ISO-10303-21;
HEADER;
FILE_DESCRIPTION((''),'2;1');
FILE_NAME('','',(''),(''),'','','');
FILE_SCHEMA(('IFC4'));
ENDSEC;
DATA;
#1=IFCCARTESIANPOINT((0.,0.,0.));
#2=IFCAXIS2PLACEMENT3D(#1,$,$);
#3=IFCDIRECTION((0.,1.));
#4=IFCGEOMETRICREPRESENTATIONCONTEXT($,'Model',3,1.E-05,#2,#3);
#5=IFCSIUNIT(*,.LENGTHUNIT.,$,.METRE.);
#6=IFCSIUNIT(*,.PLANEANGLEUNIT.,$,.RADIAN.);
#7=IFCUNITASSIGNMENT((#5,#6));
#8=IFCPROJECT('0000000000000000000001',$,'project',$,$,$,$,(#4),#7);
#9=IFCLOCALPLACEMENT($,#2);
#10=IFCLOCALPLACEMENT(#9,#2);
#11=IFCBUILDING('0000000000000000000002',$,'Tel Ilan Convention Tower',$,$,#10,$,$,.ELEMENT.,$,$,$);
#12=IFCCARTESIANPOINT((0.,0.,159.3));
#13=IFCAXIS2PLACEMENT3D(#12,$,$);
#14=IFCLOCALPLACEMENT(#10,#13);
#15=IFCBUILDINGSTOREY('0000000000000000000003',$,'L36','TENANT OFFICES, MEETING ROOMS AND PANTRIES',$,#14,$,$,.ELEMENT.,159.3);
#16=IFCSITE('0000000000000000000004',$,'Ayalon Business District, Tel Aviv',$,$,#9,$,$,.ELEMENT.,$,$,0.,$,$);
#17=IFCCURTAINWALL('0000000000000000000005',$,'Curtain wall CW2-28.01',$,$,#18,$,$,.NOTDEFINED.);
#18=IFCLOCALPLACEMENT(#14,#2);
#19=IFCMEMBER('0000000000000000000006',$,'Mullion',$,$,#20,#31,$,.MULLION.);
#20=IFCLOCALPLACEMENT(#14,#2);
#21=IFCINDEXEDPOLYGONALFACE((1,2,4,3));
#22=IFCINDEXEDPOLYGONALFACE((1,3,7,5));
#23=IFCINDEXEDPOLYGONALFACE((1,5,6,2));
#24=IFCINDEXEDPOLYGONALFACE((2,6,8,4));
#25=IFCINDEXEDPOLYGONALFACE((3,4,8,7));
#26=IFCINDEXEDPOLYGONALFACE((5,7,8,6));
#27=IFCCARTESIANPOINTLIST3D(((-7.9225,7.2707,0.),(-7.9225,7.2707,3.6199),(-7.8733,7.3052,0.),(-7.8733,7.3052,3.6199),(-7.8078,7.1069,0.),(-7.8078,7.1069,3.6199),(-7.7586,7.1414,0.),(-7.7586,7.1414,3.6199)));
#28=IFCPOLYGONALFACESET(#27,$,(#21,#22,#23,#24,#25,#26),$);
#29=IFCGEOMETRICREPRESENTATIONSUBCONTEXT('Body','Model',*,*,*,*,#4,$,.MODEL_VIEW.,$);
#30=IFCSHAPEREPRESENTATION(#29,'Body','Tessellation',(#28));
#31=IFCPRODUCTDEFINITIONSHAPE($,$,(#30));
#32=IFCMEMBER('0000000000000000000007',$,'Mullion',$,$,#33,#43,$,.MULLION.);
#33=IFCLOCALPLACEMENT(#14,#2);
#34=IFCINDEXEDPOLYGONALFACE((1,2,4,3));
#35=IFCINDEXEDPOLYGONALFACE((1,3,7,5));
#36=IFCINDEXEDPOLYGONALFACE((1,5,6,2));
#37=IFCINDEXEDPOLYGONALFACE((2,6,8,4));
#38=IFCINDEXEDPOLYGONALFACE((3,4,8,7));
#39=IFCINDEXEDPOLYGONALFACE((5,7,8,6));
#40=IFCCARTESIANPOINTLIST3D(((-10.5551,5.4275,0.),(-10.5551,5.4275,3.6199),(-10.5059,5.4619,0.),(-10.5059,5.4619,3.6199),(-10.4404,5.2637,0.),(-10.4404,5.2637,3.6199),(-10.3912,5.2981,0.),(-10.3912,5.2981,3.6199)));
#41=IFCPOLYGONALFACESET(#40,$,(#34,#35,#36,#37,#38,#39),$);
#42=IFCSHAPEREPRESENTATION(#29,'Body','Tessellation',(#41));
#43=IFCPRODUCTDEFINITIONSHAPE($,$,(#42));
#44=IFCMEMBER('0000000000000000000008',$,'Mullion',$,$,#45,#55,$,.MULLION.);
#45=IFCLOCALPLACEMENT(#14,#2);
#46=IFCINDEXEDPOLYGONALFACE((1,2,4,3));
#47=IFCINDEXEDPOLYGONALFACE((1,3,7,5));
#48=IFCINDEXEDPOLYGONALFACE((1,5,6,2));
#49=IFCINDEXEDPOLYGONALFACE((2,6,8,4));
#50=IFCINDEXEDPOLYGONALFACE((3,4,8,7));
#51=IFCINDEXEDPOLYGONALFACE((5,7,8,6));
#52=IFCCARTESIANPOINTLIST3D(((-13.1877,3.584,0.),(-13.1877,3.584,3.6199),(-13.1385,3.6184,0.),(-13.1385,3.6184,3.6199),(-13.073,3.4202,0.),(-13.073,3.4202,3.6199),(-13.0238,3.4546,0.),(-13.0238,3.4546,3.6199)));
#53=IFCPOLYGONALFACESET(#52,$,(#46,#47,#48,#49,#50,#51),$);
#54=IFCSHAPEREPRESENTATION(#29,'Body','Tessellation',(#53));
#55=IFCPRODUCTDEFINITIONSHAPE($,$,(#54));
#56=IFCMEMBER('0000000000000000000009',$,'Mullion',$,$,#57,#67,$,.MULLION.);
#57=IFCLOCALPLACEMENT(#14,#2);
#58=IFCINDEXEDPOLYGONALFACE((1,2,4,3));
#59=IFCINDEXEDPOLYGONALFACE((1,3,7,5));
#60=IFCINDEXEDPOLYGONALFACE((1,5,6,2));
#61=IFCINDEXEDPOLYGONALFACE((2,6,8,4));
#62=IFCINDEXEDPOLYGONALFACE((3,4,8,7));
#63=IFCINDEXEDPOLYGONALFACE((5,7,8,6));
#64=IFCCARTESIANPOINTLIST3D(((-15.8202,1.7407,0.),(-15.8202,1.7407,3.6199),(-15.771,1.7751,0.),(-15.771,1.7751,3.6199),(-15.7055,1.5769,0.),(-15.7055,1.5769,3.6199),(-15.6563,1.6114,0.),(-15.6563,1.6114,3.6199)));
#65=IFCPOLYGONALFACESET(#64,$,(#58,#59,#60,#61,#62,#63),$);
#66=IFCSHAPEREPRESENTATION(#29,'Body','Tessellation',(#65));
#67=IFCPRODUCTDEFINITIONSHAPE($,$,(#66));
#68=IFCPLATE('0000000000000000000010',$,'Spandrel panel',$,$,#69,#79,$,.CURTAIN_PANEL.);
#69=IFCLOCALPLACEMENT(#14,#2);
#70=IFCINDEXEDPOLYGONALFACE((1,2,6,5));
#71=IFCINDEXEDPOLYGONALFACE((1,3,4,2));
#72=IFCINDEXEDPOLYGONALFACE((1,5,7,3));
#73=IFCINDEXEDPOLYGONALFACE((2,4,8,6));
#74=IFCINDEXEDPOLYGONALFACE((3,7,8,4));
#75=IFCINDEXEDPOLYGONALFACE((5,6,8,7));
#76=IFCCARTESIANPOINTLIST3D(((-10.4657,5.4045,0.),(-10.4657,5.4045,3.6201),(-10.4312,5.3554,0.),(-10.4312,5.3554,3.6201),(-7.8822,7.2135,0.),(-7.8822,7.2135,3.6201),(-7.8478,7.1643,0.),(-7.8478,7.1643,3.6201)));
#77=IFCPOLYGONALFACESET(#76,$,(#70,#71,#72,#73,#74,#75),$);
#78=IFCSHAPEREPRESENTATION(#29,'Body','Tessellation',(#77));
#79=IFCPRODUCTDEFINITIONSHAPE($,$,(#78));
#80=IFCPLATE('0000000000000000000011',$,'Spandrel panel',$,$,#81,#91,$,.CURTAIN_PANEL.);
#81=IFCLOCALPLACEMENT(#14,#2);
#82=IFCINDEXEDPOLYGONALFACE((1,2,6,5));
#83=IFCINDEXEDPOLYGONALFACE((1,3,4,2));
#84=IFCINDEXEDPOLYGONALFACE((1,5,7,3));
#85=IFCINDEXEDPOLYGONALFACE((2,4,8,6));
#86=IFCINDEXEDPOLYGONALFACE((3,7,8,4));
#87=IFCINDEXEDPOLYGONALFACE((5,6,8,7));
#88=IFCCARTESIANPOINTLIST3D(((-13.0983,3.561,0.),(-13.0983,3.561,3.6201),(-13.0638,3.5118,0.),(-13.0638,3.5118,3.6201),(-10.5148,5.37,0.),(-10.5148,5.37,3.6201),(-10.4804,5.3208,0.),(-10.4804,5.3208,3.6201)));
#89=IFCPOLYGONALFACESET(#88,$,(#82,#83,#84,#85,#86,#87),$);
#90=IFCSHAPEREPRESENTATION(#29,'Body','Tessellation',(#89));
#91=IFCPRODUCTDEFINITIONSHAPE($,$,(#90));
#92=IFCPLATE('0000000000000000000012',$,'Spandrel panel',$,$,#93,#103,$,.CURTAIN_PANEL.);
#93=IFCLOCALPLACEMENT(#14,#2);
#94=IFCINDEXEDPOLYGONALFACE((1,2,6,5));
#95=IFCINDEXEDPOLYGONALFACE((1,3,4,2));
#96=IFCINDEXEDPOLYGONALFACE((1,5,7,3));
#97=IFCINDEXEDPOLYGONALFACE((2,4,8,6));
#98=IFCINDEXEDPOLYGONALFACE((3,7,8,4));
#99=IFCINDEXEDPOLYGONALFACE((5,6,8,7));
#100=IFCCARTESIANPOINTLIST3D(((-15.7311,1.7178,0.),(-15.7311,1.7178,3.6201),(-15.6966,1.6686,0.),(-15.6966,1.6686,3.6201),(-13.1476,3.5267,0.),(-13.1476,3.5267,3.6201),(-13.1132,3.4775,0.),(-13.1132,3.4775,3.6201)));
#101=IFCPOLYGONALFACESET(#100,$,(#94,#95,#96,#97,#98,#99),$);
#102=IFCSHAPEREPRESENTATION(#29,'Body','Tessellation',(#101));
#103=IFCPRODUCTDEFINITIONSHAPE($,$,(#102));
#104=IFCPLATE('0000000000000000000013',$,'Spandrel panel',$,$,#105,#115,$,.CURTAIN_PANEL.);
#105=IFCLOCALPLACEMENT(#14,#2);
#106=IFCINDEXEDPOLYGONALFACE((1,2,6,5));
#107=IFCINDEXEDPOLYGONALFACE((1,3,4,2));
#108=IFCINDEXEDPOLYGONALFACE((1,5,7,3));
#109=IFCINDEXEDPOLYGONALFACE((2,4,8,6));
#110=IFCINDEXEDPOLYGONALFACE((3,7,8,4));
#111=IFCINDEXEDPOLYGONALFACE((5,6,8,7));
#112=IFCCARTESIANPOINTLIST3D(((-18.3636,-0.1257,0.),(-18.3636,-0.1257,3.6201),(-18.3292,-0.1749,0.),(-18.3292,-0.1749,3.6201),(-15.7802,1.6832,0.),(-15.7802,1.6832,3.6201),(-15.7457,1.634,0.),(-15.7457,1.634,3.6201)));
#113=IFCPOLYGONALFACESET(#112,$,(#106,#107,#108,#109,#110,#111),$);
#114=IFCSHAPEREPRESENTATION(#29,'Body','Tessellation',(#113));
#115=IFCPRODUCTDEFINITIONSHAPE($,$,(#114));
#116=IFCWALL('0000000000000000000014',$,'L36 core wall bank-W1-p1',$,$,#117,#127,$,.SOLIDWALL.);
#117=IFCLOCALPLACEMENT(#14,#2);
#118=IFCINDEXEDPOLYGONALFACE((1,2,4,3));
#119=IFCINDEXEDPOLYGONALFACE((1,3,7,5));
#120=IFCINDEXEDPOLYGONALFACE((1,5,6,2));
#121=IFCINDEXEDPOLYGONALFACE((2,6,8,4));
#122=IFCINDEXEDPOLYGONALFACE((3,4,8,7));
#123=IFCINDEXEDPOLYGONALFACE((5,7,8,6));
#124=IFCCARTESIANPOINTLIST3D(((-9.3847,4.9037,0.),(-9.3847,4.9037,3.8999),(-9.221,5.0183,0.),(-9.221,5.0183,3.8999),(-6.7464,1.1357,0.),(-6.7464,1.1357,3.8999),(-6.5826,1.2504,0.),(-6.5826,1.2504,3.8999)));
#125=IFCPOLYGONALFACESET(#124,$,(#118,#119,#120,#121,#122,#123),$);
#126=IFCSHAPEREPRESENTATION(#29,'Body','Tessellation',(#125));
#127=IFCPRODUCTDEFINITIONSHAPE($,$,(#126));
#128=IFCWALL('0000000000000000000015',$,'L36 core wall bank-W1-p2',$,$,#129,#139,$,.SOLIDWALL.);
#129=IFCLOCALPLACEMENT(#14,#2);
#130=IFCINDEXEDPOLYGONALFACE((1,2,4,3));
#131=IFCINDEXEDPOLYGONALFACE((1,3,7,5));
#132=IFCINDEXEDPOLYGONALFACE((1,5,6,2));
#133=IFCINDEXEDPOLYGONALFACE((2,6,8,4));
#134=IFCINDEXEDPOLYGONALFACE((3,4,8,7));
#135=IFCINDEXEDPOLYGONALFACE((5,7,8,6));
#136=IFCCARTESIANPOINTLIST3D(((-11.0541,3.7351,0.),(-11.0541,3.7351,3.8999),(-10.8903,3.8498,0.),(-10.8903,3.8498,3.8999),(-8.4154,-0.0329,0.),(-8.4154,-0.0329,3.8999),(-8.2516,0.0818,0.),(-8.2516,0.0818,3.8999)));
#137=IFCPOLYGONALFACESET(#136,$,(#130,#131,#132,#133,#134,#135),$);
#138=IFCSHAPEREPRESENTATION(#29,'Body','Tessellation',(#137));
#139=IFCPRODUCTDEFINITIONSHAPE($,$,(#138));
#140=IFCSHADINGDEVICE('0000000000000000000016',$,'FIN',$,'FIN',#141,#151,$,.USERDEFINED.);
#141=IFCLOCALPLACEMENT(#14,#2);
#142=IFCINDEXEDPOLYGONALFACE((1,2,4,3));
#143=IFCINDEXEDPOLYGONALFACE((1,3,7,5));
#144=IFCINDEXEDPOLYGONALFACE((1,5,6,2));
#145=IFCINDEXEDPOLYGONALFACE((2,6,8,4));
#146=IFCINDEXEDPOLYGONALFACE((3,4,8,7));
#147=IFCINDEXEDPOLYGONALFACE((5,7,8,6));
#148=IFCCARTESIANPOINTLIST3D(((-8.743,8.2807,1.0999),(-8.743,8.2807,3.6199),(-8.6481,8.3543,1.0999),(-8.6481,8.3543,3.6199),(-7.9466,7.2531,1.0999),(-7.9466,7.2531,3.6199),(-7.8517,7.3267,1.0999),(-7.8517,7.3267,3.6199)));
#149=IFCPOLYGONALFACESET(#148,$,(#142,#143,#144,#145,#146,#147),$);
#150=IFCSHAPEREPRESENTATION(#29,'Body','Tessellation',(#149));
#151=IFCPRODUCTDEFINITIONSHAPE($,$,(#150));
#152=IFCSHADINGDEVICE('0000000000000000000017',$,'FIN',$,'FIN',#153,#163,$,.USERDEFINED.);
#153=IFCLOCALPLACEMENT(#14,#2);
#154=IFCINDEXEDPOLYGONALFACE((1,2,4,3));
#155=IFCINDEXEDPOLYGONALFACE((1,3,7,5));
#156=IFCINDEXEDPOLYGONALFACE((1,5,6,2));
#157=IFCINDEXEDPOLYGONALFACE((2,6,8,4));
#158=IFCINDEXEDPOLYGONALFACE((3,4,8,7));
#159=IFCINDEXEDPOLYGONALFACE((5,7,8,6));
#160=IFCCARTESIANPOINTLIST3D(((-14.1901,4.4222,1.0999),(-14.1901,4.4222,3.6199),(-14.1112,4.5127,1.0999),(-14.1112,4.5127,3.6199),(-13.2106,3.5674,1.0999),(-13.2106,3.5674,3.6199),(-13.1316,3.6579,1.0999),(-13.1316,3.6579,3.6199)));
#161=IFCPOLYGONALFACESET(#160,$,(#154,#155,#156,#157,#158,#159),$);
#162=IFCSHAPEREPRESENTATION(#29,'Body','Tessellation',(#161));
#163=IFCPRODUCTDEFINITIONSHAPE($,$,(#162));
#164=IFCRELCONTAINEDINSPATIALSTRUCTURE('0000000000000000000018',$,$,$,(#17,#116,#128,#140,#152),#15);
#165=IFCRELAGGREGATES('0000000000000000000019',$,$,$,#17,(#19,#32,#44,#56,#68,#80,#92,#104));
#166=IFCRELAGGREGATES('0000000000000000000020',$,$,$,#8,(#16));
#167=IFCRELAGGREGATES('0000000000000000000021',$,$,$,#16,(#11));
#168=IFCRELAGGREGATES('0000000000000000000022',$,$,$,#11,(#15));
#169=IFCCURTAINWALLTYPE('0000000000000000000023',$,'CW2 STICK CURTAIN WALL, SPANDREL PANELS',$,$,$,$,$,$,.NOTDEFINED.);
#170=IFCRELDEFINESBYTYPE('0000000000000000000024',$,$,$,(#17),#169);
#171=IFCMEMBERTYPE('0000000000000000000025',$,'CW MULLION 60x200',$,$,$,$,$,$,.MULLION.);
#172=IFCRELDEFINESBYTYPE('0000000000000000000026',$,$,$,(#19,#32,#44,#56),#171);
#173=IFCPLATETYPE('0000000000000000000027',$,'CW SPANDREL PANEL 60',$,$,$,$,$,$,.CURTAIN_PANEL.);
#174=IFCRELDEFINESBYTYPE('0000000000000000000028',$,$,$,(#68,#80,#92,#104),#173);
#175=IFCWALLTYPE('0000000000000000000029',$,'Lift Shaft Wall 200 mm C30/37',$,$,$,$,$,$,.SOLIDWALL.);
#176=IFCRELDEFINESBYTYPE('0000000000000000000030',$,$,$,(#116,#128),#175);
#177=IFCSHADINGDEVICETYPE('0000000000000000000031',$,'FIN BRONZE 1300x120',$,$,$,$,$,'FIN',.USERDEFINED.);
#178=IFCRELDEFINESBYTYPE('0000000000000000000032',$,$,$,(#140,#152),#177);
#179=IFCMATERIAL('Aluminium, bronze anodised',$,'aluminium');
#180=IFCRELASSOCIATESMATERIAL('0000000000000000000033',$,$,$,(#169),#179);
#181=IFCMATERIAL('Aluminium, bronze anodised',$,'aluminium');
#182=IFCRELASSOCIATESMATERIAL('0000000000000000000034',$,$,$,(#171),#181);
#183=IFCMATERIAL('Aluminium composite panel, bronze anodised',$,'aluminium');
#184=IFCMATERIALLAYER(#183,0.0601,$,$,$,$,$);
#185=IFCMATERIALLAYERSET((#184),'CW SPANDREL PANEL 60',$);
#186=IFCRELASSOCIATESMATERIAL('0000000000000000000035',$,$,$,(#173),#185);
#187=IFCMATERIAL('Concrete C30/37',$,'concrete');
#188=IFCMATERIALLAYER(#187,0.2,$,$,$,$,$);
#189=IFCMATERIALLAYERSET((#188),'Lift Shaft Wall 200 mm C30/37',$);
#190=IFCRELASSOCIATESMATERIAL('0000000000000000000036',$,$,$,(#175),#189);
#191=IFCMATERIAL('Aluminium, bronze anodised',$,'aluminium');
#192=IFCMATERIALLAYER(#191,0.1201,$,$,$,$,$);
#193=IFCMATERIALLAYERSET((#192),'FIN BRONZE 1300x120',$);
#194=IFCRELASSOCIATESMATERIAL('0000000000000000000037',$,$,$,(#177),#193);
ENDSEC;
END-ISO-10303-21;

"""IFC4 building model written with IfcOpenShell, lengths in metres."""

from ifc_helpers import new_model, si_unit, direction, frame, frame_2d, origin, origin_2d, place, context, subcontext, project, spatial, rectangle, extrude, material, layer, layer_set, material_profile, profile_set, type_object, element, aggregate, save


model = new_model("IFC4")

# Units and contexts
model_context = context("Model", 3, precision=1e-05, world=origin(), true_north=direction((0.0, 1.0)))
body_context = subcontext(model_context, "Body", "Model", "MODEL_VIEW")
ifc_project = project(units=[si_unit("LENGTHUNIT", "METRE"), si_unit("PLANEANGLEUNIT", "RADIAN")], contexts=[model_context])

# Site, building, storey
site_placement = place(None, origin())
site = spatial("IfcSite", under=ifc_project, at=site_placement, Name="Ayalon Business District, Tel Aviv", CompositionType="ELEMENT", RefElevation=0.0)
building_placement = place(site_placement, origin())
building = spatial("IfcBuilding", under=site, at=building_placement, Name="Tel Ilan Convention Tower", CompositionType="ELEMENT")
storey_placement = place(building_placement, frame((0.0, 0.0, 159.3)))
storey = spatial("IfcBuildingStorey", under=building, at=storey_placement, Name="L36", Description="TENANT OFFICES, MEETING ROOMS AND PANTRIES", CompositionType="ELEMENT", Elevation=159.3)

# Curtain wall, members, plates
ifc_material_1 = material(Name="Aluminium, bronze anodised", Category="aluminium")
curtain_wall_type = type_object("IfcCurtainWallType", Name="CW2 STICK CURTAIN WALL, SPANDREL PANELS", PredefinedType="NOTDEFINED", material=ifc_material_1)
curtain_wall_placement = place(storey_placement, origin())
curtain_wall = element("IfcCurtainWall", 1, at=curtain_wall_placement, inside=storey, type_object=curtain_wall_type, Name="Curtain wall CW2-28.01", PredefinedType="NOTDEFINED")
ifc_material_2 = material(Name="Aluminium, bronze anodised", Category="aluminium")
ifc_material_profile = material_profile(ifc_material_2, rectangle(XDim=0.0601, YDim=0.2, at=origin_2d()), Name="CW MULLION 60x200")
ifc_profile_set = profile_set([ifc_material_profile], Name="Aluminium, bronze anodised")
member_type = type_object("IfcMemberType", Name="CW MULLION 60x200", PredefinedType="MULLION", material=ifc_profile_set)
member_1_placement = place(storey_placement, frame((-7.8406, 7.2061, 0.0), z_axis=(0.0, 0.0, 1.0), x_axis=(-0.819152, -0.573576, 0.0)))
member_1 = element("IfcMember", 2, at=member_1_placement, type_object=member_type, Name="Mullion", PredefinedType="MULLION", context=body_context, shape_type="SweptSolid", body=[
    extrude(rectangle(XDim=0.0601, YDim=0.2, at=origin_2d()), origin(), (0.0, 0.0, 1.0), 3.6199),
])
member_2_placement = place(storey_placement, frame((-10.4731, 5.3628, 0.0), z_axis=(0.0, 0.0, 1.0), x_axis=(-0.819152, -0.573576, 0.0)))
member_2 = element("IfcMember", 3, at=member_2_placement, type_object=member_type, Name="Mullion", PredefinedType="MULLION", context=body_context, shape_type="SweptSolid", body=[
    extrude(rectangle(XDim=0.0601, YDim=0.2, at=origin_2d()), origin(), (0.0, 0.0, 1.0), 3.6199),
])
member_3_placement = place(storey_placement, frame((-13.1057, 3.5193, 0.0), z_axis=(0.0, 0.0, 1.0), x_axis=(-0.819152, -0.573576, 0.0)))
member_3 = element("IfcMember", 4, at=member_3_placement, type_object=member_type, Name="Mullion", PredefinedType="MULLION", context=body_context, shape_type="SweptSolid", body=[
    extrude(rectangle(XDim=0.0601, YDim=0.2, at=origin_2d()), origin(), (0.0, 0.0, 1.0), 3.6199),
])
member_4_placement = place(storey_placement, frame((-15.7383, 1.676, 0.0), z_axis=(0.0, 0.0, 1.0), x_axis=(-0.819152, -0.573576, 0.0)))
member_4 = element("IfcMember", 5, at=member_4_placement, type_object=member_type, Name="Mullion", PredefinedType="MULLION", context=body_context, shape_type="SweptSolid", body=[
    extrude(rectangle(XDim=0.0601, YDim=0.2, at=origin_2d()), origin(), (0.0, 0.0, 1.0), 3.6199),
])
ifc_material_3 = material(Name="Aluminium composite panel, bronze anodised", Category="aluminium")
ifc_layer_1 = layer(ifc_material_3, 0.0601)
ifc_layer_set_1 = layer_set([ifc_layer_1], Name="CW SPANDREL PANEL 60")
plate_type = type_object("IfcPlateType", Name="CW SPANDREL PANEL 60", PredefinedType="CURTAIN_PANEL", material=ifc_layer_set_1)
plate_1_placement = place(storey_placement, frame((-9.1567, 6.2844, 0.0), z_axis=(0.0, 0.0, 1.0), x_axis=(-0.819152, -0.573576, 0.0)))
plate_1 = element("IfcPlate", 6, at=plate_1_placement, type_object=plate_type, Name="Spandrel panel", PredefinedType="CURTAIN_PANEL", context=body_context, shape_type="SweptSolid", body=[
    extrude(rectangle(XDim=3.1538, YDim=0.0601, at=origin_2d()), origin(), (0.0, 0.0, 1.0), 3.6201),
])
plate_2_placement = place(storey_placement, frame((-11.7893, 4.4409, 0.0), z_axis=(0.0, 0.0, 1.0), x_axis=(-0.819152, -0.573576, 0.0)))
plate_2 = element("IfcPlate", 7, at=plate_2_placement, type_object=plate_type, Name="Spandrel panel", PredefinedType="CURTAIN_PANEL", context=body_context, shape_type="SweptSolid", body=[
    extrude(rectangle(XDim=3.1538, YDim=0.0601, at=origin_2d()), origin(), (0.0, 0.0, 1.0), 3.6201),
])
plate_3_placement = place(storey_placement, frame((-14.4221, 2.5977, 0.0), z_axis=(0.0, 0.0, 1.0), x_axis=(-0.819152, -0.573576, 0.0)))
plate_3 = element("IfcPlate", 8, at=plate_3_placement, type_object=plate_type, Name="Spandrel panel", PredefinedType="CURTAIN_PANEL", context=body_context, shape_type="SweptSolid", body=[
    extrude(rectangle(XDim=3.1538, YDim=0.0601, at=origin_2d()), origin(), (0.0, 0.0, 1.0), 3.6201),
])
plate_4_placement = place(storey_placement, frame((-17.0547, 0.7542, 0.0), z_axis=(0.0, 0.0, 1.0), x_axis=(-0.819152, -0.573576, 0.0)))
plate_4 = element("IfcPlate", 9, at=plate_4_placement, type_object=plate_type, Name="Spandrel panel", PredefinedType="CURTAIN_PANEL", context=body_context, shape_type="SweptSolid", body=[
    extrude(rectangle(XDim=3.1538, YDim=0.0601, at=origin_2d()), origin(), (0.0, 0.0, 1.0), 3.6201),
])
aggregate(curtain_wall, [member_1, member_2, member_3, member_4, plate_1, plate_2, plate_3, plate_4])

# Walls
ifc_material_4 = material(Name="Concrete C30/37", Category="concrete")
ifc_layer_2 = layer(ifc_material_4, 0.2)
ifc_layer_set_2 = layer_set([ifc_layer_2], Name="Lift Shaft Wall 200 mm C30/37")
wall_type = type_object("IfcWallType", Name="Lift Shaft Wall 200 mm C30/37", PredefinedType="SOLIDWALL", material=ifc_layer_set_2)
wall_1_placement = place(storey_placement, frame((-6.6646, 1.1931, 0.0), z_axis=(0.0, 0.0, 1.0), x_axis=(-0.573576, 0.819152, 0.0)))
element("IfcWall", 10, at=wall_1_placement, inside=storey, type_object=wall_type, Name="L36 core wall bank-W1-p1", PredefinedType="SOLIDWALL", context=body_context, shape_type="SweptSolid", body=[
    extrude(rectangle(XDim=4.5999, YDim=0.2, at=frame_2d((2.2998, 0.0))), origin(), (0.0, 0.0, 1.0), 3.8999),
])
wall_2_placement = place(storey_placement, frame((-8.3335, 0.0244, 0.0), z_axis=(0.0, 0.0, 1.0), x_axis=(-0.573612, 0.819127, 0.0)))
element("IfcWall", 11, at=wall_2_placement, inside=storey, type_object=wall_type, Name="L36 core wall bank-W1-p2", PredefinedType="SOLIDWALL", context=body_context, shape_type="SweptSolid", body=[
    extrude(rectangle(XDim=4.6001, YDim=0.2, at=frame_2d((2.3, 0.0))), origin(), (0.0, 0.0, 1.0), 3.8999),
])

# Shading devices
ifc_material_5 = material(Name="Aluminium, bronze anodised", Category="aluminium")
ifc_layer_3 = layer(ifc_material_5, 0.1201)
ifc_layer_set_3 = layer_set([ifc_layer_3], Name="FIN BRONZE 1300x120")
shading_device_type = type_object("IfcShadingDeviceType", Name="FIN BRONZE 1300x120", ElementType="FIN", PredefinedType="USERDEFINED", material=ifc_layer_set_3)
for number, where, z_axis, x_axis, name in (
    (12, (-8.2974, 7.8037, 1.0999), (0.0, 0.0, 1.0), (-0.612601, 0.790393, 0.0), "FIN"),
    (13, (-13.6609, 4.04, 1.0999), (0.0, 0.0, 1.0), (-0.753436, 0.657521, 0.0), "FIN"),
):
    element("IfcShadingDevice", number, at=place(storey_placement, frame(where, z_axis=z_axis, x_axis=x_axis)), inside=storey, type_object=shading_device_type, Name=name, ObjectType="FIN", PredefinedType="USERDEFINED", context=body_context, shape_type="SweptSolid", body=[
        extrude(rectangle(XDim=1.3, YDim=0.1201, at=origin_2d()), origin(), (0.0, 0.0, 1.0), 2.52),
    ])

save(model, "model.ifc")
